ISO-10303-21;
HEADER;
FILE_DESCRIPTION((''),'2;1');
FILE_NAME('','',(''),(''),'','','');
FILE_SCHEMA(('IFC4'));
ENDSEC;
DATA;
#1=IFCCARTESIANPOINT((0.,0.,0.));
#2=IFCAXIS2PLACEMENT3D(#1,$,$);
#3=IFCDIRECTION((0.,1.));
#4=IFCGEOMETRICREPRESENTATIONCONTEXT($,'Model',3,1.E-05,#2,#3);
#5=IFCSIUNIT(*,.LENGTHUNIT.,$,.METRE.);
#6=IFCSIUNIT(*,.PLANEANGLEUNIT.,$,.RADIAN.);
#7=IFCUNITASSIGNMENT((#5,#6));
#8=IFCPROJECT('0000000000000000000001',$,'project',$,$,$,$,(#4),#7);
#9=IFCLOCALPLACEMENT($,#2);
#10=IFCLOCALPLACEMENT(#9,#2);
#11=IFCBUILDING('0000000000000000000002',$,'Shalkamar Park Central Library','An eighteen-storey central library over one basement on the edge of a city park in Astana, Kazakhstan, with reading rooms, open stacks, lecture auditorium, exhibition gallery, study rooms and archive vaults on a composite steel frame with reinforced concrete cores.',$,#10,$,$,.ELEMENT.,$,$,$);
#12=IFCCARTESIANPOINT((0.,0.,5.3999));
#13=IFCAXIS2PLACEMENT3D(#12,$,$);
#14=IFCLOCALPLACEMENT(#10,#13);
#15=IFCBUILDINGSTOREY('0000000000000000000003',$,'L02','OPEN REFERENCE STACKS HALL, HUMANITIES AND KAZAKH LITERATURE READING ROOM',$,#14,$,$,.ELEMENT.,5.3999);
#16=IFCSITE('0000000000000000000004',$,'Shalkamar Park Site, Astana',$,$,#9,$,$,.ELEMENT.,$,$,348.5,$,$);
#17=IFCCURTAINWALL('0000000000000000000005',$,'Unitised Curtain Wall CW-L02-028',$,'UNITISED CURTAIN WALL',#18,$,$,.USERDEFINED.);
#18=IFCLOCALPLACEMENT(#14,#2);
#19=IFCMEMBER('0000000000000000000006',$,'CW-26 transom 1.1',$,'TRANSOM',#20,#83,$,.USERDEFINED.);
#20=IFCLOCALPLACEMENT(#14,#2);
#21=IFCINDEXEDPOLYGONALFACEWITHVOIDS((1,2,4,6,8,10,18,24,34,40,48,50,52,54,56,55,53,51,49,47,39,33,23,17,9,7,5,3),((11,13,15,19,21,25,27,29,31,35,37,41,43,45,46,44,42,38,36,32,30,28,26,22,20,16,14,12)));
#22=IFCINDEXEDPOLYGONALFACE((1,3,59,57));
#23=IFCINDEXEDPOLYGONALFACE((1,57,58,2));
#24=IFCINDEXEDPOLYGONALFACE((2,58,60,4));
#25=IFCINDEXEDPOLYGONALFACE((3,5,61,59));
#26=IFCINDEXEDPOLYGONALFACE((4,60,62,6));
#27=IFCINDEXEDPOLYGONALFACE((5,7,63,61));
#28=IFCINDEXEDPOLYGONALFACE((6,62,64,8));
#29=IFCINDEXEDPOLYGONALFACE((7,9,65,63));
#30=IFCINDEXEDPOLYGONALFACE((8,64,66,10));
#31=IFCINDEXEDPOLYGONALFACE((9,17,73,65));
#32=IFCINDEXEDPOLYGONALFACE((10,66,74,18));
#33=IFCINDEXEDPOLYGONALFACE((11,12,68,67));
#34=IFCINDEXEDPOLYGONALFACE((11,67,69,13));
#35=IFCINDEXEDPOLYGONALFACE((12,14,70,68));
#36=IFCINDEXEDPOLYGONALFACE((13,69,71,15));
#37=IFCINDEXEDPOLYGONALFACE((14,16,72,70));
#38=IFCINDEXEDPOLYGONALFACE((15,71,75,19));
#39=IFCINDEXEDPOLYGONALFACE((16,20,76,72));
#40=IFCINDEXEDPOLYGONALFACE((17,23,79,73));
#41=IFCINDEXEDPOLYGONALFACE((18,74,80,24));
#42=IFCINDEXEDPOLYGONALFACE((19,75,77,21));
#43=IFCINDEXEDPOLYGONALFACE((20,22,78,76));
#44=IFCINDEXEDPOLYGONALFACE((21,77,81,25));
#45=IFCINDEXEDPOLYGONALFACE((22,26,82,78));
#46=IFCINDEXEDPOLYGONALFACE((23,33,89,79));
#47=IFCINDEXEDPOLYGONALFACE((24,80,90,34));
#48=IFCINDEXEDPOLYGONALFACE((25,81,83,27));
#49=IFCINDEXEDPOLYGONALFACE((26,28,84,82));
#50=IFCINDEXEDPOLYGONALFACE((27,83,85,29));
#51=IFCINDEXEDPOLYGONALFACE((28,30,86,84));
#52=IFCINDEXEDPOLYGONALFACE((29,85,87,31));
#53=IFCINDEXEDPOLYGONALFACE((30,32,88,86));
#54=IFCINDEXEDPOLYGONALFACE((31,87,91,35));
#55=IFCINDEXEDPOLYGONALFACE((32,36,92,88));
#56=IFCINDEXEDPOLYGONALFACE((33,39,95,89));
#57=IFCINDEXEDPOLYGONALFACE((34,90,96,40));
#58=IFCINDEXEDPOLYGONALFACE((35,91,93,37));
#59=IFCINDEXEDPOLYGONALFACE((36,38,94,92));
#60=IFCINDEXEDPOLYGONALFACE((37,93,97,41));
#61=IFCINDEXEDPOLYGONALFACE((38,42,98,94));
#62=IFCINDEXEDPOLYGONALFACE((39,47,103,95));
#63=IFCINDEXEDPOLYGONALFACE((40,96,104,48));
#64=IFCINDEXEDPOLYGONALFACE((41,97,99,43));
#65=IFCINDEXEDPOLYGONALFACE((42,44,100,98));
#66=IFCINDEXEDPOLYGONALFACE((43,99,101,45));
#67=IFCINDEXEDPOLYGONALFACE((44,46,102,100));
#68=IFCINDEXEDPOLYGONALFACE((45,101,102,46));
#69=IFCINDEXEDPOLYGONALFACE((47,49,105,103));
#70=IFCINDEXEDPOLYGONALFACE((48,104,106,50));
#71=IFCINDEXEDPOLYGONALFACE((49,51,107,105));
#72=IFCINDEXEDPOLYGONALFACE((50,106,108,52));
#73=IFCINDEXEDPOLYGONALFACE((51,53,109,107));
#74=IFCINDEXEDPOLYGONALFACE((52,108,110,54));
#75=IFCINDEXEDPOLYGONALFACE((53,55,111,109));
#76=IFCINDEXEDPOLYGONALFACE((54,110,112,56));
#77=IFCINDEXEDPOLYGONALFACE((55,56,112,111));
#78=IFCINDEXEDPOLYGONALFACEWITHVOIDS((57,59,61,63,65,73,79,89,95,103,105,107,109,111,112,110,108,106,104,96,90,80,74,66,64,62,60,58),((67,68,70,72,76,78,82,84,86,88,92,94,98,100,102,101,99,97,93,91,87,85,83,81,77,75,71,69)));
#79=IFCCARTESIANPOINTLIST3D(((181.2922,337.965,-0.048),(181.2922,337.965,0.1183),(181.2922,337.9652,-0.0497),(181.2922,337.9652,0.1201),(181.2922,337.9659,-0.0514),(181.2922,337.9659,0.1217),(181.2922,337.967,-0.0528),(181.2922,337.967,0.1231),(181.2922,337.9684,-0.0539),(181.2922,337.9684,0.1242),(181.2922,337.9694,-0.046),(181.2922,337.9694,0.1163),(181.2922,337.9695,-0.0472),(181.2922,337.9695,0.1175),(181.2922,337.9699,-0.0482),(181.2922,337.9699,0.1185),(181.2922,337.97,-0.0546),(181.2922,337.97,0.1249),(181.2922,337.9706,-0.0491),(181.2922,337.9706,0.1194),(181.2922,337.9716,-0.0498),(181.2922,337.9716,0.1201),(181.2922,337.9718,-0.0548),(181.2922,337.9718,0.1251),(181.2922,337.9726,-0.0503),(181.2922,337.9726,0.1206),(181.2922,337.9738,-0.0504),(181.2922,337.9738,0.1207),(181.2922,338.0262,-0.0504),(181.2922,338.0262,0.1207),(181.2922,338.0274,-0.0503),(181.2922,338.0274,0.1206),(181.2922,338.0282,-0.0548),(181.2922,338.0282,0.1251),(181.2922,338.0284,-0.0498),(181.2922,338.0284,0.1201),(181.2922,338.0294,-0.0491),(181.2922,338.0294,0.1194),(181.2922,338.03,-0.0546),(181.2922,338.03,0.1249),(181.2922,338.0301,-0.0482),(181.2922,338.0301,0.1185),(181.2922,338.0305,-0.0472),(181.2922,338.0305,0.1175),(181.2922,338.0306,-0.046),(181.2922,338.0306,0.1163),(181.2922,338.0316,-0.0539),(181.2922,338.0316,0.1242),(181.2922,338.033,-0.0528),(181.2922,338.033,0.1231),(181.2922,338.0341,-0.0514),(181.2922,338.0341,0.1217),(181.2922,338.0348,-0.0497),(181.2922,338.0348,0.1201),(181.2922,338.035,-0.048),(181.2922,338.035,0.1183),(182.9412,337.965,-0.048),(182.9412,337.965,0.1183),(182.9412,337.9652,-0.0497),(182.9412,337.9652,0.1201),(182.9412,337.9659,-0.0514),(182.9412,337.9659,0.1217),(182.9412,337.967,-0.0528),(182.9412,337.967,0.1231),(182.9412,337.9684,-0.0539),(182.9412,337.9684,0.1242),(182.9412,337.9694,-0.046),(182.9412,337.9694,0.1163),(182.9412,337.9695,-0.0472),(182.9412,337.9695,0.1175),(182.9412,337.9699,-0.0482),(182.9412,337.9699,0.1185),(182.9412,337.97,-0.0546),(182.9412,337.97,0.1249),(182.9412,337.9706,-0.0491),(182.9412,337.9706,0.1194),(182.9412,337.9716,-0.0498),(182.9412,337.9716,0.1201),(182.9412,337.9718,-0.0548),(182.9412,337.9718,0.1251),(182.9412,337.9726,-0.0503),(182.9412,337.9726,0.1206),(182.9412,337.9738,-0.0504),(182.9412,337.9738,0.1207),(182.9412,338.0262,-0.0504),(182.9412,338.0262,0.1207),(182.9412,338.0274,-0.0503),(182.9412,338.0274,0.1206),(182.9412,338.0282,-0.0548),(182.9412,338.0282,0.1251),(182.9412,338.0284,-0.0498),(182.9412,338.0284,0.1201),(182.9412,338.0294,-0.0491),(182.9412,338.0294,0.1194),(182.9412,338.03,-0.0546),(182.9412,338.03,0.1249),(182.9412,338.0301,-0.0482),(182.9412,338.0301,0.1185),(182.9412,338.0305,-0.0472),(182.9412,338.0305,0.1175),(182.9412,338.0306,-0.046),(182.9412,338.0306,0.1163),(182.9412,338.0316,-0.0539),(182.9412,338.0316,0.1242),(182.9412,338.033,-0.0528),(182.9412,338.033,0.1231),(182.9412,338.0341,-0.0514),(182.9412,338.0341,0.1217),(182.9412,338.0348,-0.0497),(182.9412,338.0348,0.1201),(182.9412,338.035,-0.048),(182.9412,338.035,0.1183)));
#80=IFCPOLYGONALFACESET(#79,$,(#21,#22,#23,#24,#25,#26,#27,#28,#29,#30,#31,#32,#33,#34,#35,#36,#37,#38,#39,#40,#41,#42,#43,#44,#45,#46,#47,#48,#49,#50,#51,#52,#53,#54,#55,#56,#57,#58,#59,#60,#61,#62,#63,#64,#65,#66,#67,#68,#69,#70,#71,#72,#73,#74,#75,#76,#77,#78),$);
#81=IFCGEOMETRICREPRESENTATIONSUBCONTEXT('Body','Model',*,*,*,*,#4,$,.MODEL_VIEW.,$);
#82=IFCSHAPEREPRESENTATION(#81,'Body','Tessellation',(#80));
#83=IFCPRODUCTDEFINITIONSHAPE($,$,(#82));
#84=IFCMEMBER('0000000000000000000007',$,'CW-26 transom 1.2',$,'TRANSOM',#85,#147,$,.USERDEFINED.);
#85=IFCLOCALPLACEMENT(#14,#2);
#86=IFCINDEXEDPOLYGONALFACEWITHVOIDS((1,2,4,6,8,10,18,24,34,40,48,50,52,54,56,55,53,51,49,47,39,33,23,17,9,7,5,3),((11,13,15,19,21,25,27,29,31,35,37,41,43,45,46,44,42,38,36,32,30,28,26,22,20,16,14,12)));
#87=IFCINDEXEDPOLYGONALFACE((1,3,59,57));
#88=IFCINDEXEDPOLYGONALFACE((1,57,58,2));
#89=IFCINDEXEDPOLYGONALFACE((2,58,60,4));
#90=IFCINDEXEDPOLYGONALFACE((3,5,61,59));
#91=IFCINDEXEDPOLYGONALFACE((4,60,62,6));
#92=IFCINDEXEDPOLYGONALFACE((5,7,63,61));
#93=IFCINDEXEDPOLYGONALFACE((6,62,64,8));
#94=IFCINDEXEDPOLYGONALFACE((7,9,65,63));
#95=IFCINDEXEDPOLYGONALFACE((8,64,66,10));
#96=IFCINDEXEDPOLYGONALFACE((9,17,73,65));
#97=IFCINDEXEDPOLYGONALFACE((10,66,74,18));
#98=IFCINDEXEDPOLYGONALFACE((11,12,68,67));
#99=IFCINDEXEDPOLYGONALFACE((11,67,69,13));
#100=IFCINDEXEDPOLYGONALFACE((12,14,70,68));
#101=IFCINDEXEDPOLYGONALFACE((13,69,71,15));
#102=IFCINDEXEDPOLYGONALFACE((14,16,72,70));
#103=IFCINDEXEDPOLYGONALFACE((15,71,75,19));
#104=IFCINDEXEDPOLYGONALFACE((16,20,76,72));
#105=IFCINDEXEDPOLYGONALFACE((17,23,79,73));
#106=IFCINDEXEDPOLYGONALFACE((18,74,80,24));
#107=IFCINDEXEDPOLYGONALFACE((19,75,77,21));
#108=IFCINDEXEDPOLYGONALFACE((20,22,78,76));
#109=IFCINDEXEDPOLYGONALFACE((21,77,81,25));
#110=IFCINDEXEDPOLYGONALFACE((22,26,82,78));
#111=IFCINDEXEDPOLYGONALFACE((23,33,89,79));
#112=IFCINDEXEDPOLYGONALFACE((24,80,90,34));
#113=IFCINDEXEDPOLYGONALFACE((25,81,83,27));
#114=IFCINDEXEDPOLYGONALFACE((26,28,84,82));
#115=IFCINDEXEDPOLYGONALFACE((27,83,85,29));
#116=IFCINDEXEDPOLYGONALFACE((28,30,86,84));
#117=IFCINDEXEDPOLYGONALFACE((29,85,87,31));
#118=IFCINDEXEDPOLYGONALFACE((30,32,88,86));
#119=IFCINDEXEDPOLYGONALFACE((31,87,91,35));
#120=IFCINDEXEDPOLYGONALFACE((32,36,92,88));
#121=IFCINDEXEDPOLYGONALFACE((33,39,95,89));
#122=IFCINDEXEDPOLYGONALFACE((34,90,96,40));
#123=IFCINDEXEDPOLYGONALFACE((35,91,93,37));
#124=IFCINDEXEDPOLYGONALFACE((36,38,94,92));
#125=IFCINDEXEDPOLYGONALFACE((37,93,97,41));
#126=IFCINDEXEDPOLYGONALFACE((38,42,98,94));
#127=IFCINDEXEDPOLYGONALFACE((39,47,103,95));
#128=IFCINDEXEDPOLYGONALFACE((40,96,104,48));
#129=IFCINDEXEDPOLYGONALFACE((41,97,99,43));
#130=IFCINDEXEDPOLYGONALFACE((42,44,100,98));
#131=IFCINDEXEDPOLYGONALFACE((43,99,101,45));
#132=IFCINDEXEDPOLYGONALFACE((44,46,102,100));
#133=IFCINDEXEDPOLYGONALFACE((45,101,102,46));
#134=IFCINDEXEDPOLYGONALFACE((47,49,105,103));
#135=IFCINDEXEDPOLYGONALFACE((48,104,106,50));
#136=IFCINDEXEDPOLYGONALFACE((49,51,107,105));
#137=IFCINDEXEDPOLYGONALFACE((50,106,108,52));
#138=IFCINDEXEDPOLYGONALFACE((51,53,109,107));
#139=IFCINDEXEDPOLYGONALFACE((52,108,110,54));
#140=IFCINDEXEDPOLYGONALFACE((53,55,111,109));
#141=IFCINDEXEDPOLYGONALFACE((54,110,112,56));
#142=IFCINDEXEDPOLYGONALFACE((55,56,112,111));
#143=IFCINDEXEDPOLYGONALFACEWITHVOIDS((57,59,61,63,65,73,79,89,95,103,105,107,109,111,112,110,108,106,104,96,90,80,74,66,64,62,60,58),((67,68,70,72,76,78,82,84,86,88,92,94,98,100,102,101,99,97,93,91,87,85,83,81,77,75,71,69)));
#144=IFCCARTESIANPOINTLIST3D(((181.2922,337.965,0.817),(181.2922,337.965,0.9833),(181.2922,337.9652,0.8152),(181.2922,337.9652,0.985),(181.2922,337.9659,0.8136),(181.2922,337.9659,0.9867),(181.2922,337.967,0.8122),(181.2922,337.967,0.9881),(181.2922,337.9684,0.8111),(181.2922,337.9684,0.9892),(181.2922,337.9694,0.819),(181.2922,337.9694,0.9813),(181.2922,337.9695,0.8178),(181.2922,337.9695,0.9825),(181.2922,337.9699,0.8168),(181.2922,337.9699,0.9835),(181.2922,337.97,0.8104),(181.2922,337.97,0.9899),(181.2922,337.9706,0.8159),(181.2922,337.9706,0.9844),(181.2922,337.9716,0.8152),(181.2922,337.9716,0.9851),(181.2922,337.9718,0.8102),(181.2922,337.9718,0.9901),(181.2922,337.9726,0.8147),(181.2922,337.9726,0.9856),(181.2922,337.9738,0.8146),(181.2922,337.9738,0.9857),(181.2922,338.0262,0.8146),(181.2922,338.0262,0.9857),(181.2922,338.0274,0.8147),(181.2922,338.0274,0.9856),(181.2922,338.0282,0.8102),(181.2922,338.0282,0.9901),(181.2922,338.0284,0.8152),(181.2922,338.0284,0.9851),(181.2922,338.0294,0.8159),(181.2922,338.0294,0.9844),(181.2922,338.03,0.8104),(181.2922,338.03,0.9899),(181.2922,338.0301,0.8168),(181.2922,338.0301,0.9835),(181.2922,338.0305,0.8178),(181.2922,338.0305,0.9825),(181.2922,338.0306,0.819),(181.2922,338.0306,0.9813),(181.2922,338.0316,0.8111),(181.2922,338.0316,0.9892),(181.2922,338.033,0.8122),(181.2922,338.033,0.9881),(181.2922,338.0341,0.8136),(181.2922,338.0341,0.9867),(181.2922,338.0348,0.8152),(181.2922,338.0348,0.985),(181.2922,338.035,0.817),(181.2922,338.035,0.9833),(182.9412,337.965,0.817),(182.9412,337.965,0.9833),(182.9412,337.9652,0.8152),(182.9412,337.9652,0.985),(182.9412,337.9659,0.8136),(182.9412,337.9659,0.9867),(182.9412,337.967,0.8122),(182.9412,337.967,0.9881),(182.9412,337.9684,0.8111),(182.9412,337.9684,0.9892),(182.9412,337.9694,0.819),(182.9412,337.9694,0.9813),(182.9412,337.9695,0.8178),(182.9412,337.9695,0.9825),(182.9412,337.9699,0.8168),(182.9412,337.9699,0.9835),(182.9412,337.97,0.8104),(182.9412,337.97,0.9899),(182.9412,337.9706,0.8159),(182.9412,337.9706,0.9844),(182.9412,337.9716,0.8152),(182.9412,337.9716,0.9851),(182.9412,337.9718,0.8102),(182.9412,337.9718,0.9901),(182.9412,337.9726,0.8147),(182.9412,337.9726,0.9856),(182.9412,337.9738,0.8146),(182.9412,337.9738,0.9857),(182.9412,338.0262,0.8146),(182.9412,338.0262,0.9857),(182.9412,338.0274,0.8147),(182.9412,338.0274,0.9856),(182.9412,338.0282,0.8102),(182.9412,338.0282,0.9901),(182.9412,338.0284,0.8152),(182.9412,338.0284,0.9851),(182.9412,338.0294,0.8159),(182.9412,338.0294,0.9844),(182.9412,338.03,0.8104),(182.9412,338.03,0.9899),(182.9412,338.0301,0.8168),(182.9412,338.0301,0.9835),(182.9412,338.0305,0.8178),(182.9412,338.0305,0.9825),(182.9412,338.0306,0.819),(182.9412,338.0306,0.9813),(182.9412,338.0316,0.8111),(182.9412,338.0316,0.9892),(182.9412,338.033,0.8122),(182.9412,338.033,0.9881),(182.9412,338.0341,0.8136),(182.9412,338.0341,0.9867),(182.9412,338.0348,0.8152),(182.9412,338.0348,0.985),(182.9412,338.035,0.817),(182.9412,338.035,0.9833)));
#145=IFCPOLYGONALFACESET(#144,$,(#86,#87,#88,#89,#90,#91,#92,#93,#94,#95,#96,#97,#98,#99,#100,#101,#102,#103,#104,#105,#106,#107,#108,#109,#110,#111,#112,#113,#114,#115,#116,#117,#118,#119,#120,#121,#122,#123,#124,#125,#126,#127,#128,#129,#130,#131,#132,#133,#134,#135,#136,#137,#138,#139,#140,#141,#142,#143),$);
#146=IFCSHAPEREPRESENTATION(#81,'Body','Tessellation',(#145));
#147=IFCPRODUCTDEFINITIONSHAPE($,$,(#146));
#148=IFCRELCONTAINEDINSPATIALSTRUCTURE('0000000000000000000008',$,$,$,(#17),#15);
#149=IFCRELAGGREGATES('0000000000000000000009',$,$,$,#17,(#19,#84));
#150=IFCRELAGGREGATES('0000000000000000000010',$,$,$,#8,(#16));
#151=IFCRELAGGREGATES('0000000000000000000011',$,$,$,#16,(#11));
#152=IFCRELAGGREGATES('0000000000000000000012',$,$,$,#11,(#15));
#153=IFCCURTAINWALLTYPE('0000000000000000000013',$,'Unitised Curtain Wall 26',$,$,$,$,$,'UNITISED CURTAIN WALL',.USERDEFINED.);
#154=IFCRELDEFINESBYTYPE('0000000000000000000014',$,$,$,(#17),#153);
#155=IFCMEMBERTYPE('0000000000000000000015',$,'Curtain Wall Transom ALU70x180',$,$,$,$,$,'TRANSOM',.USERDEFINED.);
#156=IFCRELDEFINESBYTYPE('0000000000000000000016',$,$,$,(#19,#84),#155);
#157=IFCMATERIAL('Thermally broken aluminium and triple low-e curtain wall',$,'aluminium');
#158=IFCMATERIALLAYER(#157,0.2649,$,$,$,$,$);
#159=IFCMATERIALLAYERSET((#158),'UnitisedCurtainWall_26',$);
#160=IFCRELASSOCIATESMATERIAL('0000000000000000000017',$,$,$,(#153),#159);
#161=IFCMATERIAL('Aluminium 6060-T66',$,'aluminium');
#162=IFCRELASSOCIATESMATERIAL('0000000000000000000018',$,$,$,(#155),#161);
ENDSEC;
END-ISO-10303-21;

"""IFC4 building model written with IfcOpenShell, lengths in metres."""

from ifc_helpers import new_model, si_unit, direction, frame, origin, origin_2d, place, context, subcontext, project, spatial, hollow_rectangle, extrude, material, layer, layer_set, material_profile, profile_set, type_object, element, aggregate, save


model = new_model("IFC4")

# Units and contexts
model_context = context("Model", 3, precision=1e-05, world=origin(), true_north=direction((0.0, 1.0)))
body_context = subcontext(model_context, "Body", "Model", "MODEL_VIEW")
ifc_project = project(units=[si_unit("LENGTHUNIT", "METRE"), si_unit("PLANEANGLEUNIT", "RADIAN")], contexts=[model_context])

# Site, building, storey
site_placement = place(None, origin())
site = spatial("IfcSite", under=ifc_project, at=site_placement, Name="Shalkamar Park Site, Astana", CompositionType="ELEMENT", RefElevation=348.5)
building_placement = place(site_placement, origin())
building = spatial("IfcBuilding", under=site, at=building_placement, Name="Shalkamar Park Central Library", Description="An eighteen-storey central library over one basement on the edge of a city park in Astana, Kazakhstan, with reading rooms, open stacks, lecture auditorium, exhibition gallery, study rooms and archive vaults on a composite steel frame with reinforced concrete cores.", CompositionType="ELEMENT")
storey_placement = place(building_placement, frame((0.0, 0.0, 5.3999)))
storey = spatial("IfcBuildingStorey", under=building, at=storey_placement, Name="L02", Description="OPEN REFERENCE STACKS HALL, HUMANITIES AND KAZAKH LITERATURE READING ROOM", CompositionType="ELEMENT", Elevation=5.3999)

# Curtain wall, members
ifc_material_1 = material(Name="Thermally broken aluminium and triple low-e curtain wall", Category="aluminium")
ifc_layer_1 = layer(ifc_material_1, 0.2649)
ifc_layer_set_1 = layer_set([ifc_layer_1], Name="UnitisedCurtainWall_26")
curtain_wall_type = type_object("IfcCurtainWallType", Name="Unitised Curtain Wall 26", ElementType="UNITISED CURTAIN WALL", PredefinedType="USERDEFINED", material=ifc_layer_set_1)
curtain_wall_placement = place(storey_placement, origin())
curtain_wall = element("IfcCurtainWall", 1, at=curtain_wall_placement, inside=storey, type_object=curtain_wall_type, Name="Unitised Curtain Wall CW-L02-028", ObjectType="UNITISED CURTAIN WALL", PredefinedType="USERDEFINED")
ifc_material_2 = material(Name="Aluminium 6060-T66", Category="aluminium")
ifc_material_profile_1 = material_profile(ifc_material_2, hollow_rectangle(XDim=0.0701, YDim=0.1799, WallThickness=0.0044, InnerFilletRadius=0.0044, OuterFilletRadius=0.0068, at=origin_2d()), Name="ALU 70x180x4.5")
ifc_profile_set_1 = profile_set([ifc_material_profile_1], Name="Aluminium 6060-T66")
member_type_1 = type_object("IfcMemberType", Name="Curtain Wall Transom ALU70x180", ElementType="TRANSOM", PredefinedType="USERDEFINED", material=ifc_profile_set_1)
member_1_placement = place(storey_placement, frame((181.2922, 338.0, 0.0352), z_axis=(1.0, 0.0, 0.0), x_axis=(0.0, 1.0, 0.0)))
member_1 = element("IfcMember", 2, at=member_1_placement, type_object=member_type_1, Name="CW-26 transom 1.1", ObjectType="TRANSOM", PredefinedType="USERDEFINED", context=body_context, shape_type="SweptSolid", body=[
    extrude(hollow_rectangle(XDim=0.0701, YDim=0.1799, WallThickness=0.0044, InnerFilletRadius=0.0044, OuterFilletRadius=0.0068, at=origin_2d()), origin(), (0.0, 0.0, 1.0), 1.6489),
])
member_2_placement = place(storey_placement, frame((181.2922, 338.0, 0.9001), z_axis=(1.0, 0.0, 0.0), x_axis=(0.0, 1.0, 0.0)))
member_2 = element("IfcMember", 3, at=member_2_placement, type_object=member_type_1, Name="CW-26 transom 1.2", ObjectType="TRANSOM", PredefinedType="USERDEFINED", context=body_context, shape_type="SweptSolid", body=[
    extrude(hollow_rectangle(XDim=0.0701, YDim=0.1799, WallThickness=0.0044, InnerFilletRadius=0.0044, OuterFilletRadius=0.0068, at=origin_2d()), origin(), (0.0, 0.0, 1.0), 1.6489),
])

aggregate(curtain_wall, [member_1, member_2])

save(model, "model.ifc")
